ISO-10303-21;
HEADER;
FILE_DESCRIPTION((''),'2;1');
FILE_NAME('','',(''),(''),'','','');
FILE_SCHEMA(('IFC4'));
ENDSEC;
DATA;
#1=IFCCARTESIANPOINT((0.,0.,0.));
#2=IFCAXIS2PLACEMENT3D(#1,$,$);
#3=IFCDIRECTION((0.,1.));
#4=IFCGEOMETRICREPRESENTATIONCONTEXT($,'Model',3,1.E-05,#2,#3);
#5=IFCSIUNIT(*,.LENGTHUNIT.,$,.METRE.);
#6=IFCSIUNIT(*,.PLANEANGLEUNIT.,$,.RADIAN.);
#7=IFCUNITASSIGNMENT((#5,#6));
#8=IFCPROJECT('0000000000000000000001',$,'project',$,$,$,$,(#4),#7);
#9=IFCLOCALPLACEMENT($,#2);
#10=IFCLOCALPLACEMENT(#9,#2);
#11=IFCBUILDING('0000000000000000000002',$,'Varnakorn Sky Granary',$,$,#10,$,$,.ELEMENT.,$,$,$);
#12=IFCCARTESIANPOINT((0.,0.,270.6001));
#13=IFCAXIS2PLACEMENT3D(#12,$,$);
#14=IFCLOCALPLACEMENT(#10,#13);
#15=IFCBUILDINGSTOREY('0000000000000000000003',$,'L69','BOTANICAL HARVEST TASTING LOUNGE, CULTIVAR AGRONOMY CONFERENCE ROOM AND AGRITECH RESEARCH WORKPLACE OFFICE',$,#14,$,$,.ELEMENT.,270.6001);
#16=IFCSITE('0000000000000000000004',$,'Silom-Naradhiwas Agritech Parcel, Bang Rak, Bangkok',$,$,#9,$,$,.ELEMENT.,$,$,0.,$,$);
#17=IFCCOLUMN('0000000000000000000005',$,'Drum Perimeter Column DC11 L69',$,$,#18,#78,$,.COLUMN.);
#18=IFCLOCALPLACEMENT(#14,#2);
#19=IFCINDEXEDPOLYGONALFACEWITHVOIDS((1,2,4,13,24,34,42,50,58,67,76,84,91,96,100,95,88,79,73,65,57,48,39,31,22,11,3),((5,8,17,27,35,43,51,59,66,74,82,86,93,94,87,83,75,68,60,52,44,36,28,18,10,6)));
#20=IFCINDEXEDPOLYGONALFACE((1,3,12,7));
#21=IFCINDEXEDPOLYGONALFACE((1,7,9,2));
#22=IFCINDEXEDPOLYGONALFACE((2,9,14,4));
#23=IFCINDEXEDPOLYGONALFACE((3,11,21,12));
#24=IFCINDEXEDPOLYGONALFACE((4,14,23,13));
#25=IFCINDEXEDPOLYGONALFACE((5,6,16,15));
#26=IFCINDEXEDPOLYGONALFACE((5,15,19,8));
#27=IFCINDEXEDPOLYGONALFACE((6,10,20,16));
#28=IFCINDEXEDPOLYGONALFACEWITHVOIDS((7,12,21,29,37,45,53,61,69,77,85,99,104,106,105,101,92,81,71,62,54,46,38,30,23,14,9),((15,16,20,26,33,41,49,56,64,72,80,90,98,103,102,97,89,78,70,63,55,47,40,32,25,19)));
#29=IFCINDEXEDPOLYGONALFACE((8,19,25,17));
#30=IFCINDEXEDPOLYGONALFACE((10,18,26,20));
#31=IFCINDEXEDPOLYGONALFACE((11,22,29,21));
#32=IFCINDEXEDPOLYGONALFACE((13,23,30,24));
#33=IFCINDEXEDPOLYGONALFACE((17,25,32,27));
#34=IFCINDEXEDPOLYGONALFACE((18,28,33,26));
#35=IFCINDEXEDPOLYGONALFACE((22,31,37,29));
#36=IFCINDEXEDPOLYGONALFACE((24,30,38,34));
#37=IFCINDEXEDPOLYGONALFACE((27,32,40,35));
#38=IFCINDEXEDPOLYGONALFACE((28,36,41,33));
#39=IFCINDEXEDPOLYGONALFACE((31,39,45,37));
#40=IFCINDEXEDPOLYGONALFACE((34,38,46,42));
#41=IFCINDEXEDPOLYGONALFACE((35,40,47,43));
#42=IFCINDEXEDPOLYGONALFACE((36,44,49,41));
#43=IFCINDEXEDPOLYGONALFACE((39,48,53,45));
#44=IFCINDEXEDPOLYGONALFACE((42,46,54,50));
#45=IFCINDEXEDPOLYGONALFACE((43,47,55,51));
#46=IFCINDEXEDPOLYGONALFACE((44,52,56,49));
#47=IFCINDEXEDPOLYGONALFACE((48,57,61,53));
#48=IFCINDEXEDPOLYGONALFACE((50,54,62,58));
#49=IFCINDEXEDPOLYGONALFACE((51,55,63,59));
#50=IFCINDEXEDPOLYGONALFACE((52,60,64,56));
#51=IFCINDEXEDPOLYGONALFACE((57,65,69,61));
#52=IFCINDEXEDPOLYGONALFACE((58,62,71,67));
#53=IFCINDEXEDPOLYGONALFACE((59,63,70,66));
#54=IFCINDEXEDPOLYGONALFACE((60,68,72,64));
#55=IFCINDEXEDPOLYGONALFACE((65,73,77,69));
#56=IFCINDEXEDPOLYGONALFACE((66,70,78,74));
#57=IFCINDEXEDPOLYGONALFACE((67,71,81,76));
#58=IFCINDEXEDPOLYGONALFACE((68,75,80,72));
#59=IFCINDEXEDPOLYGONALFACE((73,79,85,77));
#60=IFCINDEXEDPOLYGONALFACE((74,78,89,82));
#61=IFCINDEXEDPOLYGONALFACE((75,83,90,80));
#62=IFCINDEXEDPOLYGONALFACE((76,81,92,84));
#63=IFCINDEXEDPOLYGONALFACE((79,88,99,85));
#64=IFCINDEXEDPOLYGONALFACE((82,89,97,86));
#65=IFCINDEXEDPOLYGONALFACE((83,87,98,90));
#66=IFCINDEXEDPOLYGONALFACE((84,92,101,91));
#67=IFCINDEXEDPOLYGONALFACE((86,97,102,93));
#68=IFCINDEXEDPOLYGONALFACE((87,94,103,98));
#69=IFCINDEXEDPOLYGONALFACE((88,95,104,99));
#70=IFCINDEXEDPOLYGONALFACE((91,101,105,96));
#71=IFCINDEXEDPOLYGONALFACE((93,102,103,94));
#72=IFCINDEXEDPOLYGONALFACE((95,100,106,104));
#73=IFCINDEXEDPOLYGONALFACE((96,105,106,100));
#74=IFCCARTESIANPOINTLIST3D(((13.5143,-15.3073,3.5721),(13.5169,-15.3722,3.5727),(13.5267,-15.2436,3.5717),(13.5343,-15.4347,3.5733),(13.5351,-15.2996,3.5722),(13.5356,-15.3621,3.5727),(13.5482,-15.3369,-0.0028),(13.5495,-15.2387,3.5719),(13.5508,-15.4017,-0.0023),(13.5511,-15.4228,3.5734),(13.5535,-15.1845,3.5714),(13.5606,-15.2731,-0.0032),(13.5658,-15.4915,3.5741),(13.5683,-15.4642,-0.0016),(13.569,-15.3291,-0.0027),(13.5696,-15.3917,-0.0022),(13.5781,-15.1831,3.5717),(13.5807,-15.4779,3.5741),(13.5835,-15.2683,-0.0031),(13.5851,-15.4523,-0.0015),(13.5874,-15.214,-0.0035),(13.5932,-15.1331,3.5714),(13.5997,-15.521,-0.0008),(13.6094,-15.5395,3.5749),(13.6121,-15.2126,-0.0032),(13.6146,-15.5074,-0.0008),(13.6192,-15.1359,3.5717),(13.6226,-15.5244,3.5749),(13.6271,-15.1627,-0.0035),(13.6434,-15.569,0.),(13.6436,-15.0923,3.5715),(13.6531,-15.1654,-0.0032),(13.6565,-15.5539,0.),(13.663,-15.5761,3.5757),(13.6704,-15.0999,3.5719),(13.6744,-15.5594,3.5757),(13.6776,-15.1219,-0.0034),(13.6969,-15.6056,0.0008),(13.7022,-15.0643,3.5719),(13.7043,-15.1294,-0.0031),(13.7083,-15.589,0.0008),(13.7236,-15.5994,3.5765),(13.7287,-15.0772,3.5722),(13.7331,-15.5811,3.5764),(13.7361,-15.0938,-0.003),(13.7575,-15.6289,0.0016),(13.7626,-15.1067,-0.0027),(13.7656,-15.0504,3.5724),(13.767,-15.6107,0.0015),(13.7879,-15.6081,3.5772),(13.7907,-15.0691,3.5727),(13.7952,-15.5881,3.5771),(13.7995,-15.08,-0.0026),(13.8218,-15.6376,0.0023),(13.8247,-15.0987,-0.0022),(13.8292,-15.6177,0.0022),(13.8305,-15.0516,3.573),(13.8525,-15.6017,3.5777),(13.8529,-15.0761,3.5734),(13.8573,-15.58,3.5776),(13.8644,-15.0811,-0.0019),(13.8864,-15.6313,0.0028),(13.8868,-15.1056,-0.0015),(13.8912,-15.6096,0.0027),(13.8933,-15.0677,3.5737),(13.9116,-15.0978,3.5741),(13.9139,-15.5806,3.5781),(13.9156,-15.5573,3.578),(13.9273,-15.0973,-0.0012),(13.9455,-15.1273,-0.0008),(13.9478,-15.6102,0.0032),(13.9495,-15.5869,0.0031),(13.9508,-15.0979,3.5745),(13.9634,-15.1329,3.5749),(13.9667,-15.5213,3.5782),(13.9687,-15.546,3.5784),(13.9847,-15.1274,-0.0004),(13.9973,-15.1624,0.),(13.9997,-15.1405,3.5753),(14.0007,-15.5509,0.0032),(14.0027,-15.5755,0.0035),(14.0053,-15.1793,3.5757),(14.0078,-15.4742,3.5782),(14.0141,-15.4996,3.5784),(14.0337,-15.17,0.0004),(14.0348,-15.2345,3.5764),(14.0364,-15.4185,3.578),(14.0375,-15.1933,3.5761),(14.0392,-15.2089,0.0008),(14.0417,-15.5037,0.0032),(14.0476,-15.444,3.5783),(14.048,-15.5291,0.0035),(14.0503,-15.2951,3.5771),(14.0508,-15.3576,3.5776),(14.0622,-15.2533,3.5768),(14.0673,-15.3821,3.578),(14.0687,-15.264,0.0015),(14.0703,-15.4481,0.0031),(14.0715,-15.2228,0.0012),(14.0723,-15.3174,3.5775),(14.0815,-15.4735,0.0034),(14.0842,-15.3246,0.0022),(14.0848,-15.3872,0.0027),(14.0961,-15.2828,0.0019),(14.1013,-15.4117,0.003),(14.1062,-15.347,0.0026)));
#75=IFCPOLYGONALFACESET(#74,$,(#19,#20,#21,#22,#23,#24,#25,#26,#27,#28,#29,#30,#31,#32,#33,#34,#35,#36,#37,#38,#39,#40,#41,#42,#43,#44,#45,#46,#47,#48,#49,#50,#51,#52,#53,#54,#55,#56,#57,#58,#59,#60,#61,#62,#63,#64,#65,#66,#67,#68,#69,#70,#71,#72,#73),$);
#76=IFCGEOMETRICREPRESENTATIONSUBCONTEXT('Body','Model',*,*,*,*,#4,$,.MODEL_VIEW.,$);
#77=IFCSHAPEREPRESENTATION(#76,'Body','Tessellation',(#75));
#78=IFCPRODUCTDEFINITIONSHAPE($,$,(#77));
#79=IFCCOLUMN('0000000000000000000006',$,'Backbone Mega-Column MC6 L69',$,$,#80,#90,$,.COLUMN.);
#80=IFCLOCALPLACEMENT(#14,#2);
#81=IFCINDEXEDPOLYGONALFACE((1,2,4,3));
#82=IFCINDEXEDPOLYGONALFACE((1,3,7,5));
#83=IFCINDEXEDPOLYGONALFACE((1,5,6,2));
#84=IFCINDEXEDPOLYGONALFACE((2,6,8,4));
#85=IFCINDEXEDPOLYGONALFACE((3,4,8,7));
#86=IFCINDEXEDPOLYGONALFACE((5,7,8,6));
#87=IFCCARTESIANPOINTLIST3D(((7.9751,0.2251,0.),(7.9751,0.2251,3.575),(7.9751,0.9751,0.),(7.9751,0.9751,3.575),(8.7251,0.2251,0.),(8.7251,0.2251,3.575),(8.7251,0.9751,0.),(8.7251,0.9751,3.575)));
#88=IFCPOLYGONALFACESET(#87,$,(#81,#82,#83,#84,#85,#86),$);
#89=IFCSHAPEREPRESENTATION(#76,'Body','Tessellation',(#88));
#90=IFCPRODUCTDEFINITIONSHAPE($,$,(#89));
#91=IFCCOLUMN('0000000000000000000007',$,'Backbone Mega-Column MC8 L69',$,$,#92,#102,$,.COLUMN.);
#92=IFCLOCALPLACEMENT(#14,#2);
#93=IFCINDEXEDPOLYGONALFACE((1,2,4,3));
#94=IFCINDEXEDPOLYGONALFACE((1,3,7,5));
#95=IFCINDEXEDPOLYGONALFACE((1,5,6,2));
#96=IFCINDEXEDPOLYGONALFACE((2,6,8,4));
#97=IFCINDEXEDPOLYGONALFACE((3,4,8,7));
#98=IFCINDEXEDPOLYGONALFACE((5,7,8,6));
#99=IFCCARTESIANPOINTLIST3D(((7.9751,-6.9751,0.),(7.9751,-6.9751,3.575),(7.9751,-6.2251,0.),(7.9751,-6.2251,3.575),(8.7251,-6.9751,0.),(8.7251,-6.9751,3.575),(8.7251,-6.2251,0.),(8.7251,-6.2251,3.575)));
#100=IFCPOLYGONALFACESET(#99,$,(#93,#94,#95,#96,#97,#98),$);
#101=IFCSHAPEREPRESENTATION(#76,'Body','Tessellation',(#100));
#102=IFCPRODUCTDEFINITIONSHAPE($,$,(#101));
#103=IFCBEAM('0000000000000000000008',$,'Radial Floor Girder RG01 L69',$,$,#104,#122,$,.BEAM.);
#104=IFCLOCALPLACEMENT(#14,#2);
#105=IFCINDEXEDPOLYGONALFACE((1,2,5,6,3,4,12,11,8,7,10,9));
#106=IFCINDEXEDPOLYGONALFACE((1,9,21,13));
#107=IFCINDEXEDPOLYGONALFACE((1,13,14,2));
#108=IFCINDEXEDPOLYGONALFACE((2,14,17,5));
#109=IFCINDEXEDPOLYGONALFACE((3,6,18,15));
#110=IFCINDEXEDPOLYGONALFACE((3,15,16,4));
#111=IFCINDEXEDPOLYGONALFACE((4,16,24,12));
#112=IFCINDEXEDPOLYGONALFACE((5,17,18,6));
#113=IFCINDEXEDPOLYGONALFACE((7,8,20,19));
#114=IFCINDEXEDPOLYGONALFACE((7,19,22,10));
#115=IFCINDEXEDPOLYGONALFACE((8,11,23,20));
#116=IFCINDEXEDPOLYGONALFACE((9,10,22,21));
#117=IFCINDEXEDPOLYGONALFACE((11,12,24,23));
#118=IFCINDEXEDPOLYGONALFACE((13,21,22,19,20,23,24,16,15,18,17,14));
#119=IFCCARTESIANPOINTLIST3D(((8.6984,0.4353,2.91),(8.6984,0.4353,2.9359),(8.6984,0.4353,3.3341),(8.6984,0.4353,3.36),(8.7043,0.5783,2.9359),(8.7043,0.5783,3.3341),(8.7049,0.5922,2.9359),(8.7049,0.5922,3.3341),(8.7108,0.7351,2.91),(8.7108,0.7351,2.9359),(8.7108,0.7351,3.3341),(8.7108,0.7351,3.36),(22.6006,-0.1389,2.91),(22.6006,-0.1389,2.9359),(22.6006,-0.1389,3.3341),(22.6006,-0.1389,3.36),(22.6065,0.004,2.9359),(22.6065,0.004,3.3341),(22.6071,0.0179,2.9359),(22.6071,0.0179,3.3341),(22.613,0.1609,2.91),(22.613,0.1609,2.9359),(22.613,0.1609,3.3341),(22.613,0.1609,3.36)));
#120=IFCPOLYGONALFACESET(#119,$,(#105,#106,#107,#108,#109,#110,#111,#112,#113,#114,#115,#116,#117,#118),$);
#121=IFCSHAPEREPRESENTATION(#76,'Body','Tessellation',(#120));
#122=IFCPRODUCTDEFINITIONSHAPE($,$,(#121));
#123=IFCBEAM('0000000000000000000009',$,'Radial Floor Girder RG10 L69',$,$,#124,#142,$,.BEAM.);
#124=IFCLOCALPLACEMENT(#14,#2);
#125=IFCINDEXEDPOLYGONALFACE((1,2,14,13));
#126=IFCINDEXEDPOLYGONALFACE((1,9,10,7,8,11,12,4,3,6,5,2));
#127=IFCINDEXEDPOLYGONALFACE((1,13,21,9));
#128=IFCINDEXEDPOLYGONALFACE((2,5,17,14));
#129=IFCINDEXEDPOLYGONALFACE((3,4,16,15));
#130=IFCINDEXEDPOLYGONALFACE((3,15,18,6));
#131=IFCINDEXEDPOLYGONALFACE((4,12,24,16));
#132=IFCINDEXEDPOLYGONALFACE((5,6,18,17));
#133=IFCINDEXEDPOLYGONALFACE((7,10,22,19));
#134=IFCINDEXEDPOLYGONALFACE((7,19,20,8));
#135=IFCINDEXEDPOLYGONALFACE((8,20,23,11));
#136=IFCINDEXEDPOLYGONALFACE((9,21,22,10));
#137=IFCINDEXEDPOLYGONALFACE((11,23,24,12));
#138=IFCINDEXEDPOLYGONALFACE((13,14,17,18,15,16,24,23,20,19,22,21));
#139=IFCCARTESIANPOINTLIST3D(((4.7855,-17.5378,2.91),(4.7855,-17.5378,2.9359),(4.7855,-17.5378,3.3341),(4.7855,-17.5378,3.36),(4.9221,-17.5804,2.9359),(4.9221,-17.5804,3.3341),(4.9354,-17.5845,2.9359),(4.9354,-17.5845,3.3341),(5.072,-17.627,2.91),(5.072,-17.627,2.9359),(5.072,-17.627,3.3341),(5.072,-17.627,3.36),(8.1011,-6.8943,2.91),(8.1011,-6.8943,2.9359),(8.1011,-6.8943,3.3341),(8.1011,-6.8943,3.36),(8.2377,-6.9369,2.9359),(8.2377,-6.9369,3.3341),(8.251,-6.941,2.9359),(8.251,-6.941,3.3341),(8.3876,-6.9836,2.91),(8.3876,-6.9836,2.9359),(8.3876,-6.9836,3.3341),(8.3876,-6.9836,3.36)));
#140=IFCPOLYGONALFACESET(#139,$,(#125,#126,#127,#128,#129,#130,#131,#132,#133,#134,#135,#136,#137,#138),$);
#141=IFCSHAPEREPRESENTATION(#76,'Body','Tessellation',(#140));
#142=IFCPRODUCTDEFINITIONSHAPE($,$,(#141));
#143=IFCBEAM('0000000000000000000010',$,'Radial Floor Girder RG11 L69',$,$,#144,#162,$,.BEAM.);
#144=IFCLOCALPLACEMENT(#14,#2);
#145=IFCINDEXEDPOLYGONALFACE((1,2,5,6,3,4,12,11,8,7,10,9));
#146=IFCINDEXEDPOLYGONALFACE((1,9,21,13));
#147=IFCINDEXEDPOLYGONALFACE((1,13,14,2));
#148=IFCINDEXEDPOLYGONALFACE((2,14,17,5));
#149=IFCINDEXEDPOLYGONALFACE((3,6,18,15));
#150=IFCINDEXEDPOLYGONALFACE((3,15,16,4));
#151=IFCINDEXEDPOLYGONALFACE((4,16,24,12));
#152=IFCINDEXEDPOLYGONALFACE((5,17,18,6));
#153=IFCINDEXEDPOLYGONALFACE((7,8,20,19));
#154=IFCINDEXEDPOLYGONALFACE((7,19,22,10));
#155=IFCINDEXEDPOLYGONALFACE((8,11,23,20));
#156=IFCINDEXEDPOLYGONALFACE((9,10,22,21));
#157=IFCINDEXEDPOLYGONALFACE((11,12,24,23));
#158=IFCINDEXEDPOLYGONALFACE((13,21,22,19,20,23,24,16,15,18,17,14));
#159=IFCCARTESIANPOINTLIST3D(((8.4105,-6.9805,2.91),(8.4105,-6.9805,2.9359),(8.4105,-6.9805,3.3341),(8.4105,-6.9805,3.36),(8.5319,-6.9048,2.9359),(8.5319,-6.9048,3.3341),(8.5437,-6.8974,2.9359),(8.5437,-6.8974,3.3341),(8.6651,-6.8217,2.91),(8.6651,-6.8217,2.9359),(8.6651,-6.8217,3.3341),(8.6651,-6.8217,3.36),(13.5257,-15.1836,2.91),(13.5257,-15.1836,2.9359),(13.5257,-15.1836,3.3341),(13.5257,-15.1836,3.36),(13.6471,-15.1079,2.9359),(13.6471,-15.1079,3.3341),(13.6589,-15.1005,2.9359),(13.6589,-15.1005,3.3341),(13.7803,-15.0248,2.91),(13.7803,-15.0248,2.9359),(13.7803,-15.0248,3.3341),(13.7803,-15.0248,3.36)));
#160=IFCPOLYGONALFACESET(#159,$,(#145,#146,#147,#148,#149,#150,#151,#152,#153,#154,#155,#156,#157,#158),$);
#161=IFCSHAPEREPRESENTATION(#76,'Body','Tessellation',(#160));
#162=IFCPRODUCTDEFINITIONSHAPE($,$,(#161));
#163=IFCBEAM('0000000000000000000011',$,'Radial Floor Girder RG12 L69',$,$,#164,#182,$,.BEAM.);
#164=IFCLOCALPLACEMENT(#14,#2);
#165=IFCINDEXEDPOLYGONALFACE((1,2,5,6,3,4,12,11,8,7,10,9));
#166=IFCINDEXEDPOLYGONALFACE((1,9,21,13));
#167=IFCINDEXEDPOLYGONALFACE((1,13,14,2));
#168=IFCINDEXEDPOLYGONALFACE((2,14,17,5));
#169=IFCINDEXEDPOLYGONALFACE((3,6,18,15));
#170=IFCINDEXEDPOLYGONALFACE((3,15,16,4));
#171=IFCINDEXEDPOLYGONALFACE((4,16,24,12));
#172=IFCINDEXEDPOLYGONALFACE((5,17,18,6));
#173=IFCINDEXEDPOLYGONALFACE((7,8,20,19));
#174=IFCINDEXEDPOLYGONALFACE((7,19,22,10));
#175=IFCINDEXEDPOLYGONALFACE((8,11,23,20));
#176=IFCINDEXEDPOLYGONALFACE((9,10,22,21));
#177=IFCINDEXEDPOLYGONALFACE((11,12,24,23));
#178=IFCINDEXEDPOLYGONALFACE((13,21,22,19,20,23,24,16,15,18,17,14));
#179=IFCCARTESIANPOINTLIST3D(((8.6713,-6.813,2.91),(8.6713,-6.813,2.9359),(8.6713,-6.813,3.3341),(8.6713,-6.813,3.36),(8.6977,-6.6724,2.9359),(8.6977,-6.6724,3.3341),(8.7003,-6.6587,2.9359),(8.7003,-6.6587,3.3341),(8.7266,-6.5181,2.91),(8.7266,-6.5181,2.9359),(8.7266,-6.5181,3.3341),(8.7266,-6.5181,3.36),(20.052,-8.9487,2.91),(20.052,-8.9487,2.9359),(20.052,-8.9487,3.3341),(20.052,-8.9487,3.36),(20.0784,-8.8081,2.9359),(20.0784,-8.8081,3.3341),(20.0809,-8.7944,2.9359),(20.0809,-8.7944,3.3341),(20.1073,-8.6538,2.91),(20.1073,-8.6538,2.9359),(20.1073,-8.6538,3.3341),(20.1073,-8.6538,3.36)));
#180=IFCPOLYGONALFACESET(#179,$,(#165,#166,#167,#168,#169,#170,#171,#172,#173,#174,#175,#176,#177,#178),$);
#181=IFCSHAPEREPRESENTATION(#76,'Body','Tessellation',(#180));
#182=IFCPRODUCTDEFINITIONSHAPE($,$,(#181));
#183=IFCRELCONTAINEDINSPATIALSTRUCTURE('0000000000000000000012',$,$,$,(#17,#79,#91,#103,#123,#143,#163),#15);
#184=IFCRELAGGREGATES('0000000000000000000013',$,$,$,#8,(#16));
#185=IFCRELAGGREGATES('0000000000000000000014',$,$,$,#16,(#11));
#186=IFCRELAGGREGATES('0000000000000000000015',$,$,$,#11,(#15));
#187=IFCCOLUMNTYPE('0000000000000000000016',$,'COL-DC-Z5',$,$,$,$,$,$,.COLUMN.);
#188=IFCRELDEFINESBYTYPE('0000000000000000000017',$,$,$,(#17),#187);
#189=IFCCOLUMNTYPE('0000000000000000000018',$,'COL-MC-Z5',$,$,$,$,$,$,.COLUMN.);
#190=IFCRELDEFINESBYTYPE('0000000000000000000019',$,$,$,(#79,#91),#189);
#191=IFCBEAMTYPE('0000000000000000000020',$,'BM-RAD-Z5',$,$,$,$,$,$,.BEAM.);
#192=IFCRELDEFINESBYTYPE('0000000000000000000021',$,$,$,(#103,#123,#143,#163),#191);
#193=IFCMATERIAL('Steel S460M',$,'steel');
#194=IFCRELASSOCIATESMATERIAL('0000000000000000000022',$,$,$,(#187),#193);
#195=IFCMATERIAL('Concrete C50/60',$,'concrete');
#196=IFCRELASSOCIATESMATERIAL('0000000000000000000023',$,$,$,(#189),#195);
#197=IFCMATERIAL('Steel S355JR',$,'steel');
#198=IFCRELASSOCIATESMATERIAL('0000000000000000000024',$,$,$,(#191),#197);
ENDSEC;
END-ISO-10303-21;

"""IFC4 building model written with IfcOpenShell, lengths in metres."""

from ifc_helpers import new_model, si_unit, direction, frame, origin, origin_2d, place, context, subcontext, project, spatial, rectangle, hollow_circle, i_section, extrude, material, material_profile, profile_set, type_object, element, save


model = new_model("IFC4")

# Units and contexts
model_context = context("Model", 3, precision=1e-05, world=origin(), true_north=direction((0.0, 1.0)))
body_context = subcontext(model_context, "Body", "Model", "MODEL_VIEW")
ifc_project = project(units=[si_unit("LENGTHUNIT", "METRE"), si_unit("PLANEANGLEUNIT", "RADIAN")], contexts=[model_context])

# Site, building, storey
site_placement = place(None, origin())
site = spatial("IfcSite", under=ifc_project, at=site_placement, Name="Silom-Naradhiwas Agritech Parcel, Bang Rak, Bangkok", CompositionType="ELEMENT", RefElevation=0.0)
building_placement = place(site_placement, origin())
building = spatial("IfcBuilding", under=site, at=building_placement, Name="Varnakorn Sky Granary", CompositionType="ELEMENT")
storey_placement = place(building_placement, frame((0.0, 0.0, 270.6001)))
storey = spatial("IfcBuildingStorey", under=building, at=storey_placement, Name="L69", Description="BOTANICAL HARVEST TASTING LOUNGE, CULTIVAR AGRONOMY CONFERENCE ROOM AND AGRITECH RESEARCH WORKPLACE OFFICE", CompositionType="ELEMENT", Elevation=270.6001)

# Columns
ifc_material_1 = material(Name="Steel S460M", Category="steel")
ifc_material_profile_1 = material_profile(ifc_material_1, hollow_circle(Radius=0.2795, WallThickness=0.02, at=origin_2d()), Name="CHS 559x20")
ifc_profile_set_1 = profile_set([ifc_material_profile_1], Name="Steel S460M")
column_type_1 = type_object("IfcColumnType", Name="COL-DC-Z5", PredefinedType="COLUMN", material=ifc_profile_set_1)
column_placement = place(storey_placement, frame((13.8269, -15.3582, 0.0), z_axis=(-0.009492, 0.008263, 0.999921), x_axis=(-0.656582, -0.754255, 0.0)))
element("IfcColumn", 1, at=column_placement, inside=storey, type_object=column_type_1, Name="Drum Perimeter Column DC11 L69", PredefinedType="COLUMN", context=body_context, shape_type="SweptSolid", body=[
    extrude(hollow_circle(Radius=0.2795, WallThickness=0.02, at=origin_2d()), origin(), (0.0, 0.0, 1.0), 3.5752),
])
ifc_material_2 = material(Name="Concrete C50/60", Category="concrete")
ifc_material_profile_2 = material_profile(ifc_material_2, rectangle(XDim=0.75, YDim=0.75, at=origin_2d()), Name="RC 750x750")
ifc_profile_set_2 = profile_set([ifc_material_profile_2], Name="Concrete C50/60")
column_type_2 = type_object("IfcColumnType", Name="COL-MC-Z5", PredefinedType="COLUMN", material=ifc_profile_set_2)
for number, where, z_axis, x_axis, name in (
    (2, (8.3501, 0.6001, 0.0), (0.0, 0.0, 1.0), (1.0, 0.0, 0.0), "Backbone Mega-Column MC6 L69"),
    (3, (8.3501, -6.6001, 0.0), (0.0, 0.0, 1.0), (1.0, 0.0, 0.0), "Backbone Mega-Column MC8 L69"),
):
    element("IfcColumn", number, at=place(storey_placement, frame(where, z_axis=z_axis, x_axis=x_axis)), inside=storey, type_object=column_type_2, Name=name, PredefinedType="COLUMN", context=body_context, shape_type="SweptSolid", body=[
        extrude(rectangle(XDim=0.75, YDim=0.75, at=origin_2d()), origin(), (0.0, 0.0, 1.0), 3.575),
    ])

# Beams
ifc_material_3 = material(Name="Steel S355JR", Category="steel")
ifc_material_profile_3 = material_profile(ifc_material_3, i_section(OverallWidth=0.3, OverallDepth=0.45, WebThickness=0.0139, FlangeThickness=0.0259, at=origin_2d()), Name="HE 450 B")
ifc_profile_set_3 = profile_set([ifc_material_profile_3], Name="Steel S355JR")
beam_type_1 = type_object("IfcBeamType", Name="BM-RAD-Z5", PredefinedType="BEAM", material=ifc_profile_set_3)
beam_1_placement = place(storey_placement, frame((8.7046, 0.5852, 3.135), z_axis=(0.999148, -0.041269, 0.0), x_axis=(0.041269, 0.999148, 0.0)))
element("IfcBeam", 4, at=beam_1_placement, inside=storey, type_object=beam_type_1, Name="Radial Floor Girder RG01 L69", PredefinedType="BEAM", context=body_context, shape_type="SweptSolid", body=[
    extrude(i_section(OverallWidth=0.3, OverallDepth=0.45, WebThickness=0.0139, FlangeThickness=0.0259, at=origin_2d()), origin(), (0.0, 0.0, 1.0), 13.9141),
])
beam_2_placement = place(storey_placement, frame((8.2444, -6.939, 3.135), z_axis=(-0.297422, -0.954746, 0.0), x_axis=(0.954746, -0.297422, 0.0)))
element("IfcBeam", 5, at=beam_2_placement, inside=storey, type_object=beam_type_1, Name="Radial Floor Girder RG10 L69", PredefinedType="BEAM", context=body_context, shape_type="SweptSolid", body=[
    extrude(i_section(OverallWidth=0.3, OverallDepth=0.45, WebThickness=0.0139, FlangeThickness=0.0259, at=origin_2d()), origin(), (0.0, 0.0, 1.0), 11.1479),
])
beam_3_placement = place(storey_placement, frame((8.5378, -6.9011, 3.135), z_axis=(0.529127, -0.848543, 0.0), x_axis=(0.848543, 0.529127, 0.0)))
element("IfcBeam", 6, at=beam_3_placement, inside=storey, type_object=beam_type_1, Name="Radial Floor Girder RG11 L69", PredefinedType="BEAM", context=body_context, shape_type="SweptSolid", body=[
    extrude(i_section(OverallWidth=0.3, OverallDepth=0.45, WebThickness=0.0139, FlangeThickness=0.0259, at=origin_2d()), origin(), (0.0, 0.0, 1.0), 9.6672),
])
beam_4_placement = place(storey_placement, frame((8.699, -6.6655, 3.135), z_axis=(0.982843, -0.184445, 0.0), x_axis=(0.184445, 0.982843, 0.0)))
element("IfcBeam", 7, at=beam_4_placement, inside=storey, type_object=beam_type_1, Name="Radial Floor Girder RG12 L69", PredefinedType="BEAM", context=body_context, shape_type="SweptSolid", body=[
    extrude(i_section(OverallWidth=0.3, OverallDepth=0.45, WebThickness=0.0139, FlangeThickness=0.0259, at=origin_2d()), origin(), (0.0, 0.0, 1.0), 11.5793),
])

save(model, "model.ifc")
